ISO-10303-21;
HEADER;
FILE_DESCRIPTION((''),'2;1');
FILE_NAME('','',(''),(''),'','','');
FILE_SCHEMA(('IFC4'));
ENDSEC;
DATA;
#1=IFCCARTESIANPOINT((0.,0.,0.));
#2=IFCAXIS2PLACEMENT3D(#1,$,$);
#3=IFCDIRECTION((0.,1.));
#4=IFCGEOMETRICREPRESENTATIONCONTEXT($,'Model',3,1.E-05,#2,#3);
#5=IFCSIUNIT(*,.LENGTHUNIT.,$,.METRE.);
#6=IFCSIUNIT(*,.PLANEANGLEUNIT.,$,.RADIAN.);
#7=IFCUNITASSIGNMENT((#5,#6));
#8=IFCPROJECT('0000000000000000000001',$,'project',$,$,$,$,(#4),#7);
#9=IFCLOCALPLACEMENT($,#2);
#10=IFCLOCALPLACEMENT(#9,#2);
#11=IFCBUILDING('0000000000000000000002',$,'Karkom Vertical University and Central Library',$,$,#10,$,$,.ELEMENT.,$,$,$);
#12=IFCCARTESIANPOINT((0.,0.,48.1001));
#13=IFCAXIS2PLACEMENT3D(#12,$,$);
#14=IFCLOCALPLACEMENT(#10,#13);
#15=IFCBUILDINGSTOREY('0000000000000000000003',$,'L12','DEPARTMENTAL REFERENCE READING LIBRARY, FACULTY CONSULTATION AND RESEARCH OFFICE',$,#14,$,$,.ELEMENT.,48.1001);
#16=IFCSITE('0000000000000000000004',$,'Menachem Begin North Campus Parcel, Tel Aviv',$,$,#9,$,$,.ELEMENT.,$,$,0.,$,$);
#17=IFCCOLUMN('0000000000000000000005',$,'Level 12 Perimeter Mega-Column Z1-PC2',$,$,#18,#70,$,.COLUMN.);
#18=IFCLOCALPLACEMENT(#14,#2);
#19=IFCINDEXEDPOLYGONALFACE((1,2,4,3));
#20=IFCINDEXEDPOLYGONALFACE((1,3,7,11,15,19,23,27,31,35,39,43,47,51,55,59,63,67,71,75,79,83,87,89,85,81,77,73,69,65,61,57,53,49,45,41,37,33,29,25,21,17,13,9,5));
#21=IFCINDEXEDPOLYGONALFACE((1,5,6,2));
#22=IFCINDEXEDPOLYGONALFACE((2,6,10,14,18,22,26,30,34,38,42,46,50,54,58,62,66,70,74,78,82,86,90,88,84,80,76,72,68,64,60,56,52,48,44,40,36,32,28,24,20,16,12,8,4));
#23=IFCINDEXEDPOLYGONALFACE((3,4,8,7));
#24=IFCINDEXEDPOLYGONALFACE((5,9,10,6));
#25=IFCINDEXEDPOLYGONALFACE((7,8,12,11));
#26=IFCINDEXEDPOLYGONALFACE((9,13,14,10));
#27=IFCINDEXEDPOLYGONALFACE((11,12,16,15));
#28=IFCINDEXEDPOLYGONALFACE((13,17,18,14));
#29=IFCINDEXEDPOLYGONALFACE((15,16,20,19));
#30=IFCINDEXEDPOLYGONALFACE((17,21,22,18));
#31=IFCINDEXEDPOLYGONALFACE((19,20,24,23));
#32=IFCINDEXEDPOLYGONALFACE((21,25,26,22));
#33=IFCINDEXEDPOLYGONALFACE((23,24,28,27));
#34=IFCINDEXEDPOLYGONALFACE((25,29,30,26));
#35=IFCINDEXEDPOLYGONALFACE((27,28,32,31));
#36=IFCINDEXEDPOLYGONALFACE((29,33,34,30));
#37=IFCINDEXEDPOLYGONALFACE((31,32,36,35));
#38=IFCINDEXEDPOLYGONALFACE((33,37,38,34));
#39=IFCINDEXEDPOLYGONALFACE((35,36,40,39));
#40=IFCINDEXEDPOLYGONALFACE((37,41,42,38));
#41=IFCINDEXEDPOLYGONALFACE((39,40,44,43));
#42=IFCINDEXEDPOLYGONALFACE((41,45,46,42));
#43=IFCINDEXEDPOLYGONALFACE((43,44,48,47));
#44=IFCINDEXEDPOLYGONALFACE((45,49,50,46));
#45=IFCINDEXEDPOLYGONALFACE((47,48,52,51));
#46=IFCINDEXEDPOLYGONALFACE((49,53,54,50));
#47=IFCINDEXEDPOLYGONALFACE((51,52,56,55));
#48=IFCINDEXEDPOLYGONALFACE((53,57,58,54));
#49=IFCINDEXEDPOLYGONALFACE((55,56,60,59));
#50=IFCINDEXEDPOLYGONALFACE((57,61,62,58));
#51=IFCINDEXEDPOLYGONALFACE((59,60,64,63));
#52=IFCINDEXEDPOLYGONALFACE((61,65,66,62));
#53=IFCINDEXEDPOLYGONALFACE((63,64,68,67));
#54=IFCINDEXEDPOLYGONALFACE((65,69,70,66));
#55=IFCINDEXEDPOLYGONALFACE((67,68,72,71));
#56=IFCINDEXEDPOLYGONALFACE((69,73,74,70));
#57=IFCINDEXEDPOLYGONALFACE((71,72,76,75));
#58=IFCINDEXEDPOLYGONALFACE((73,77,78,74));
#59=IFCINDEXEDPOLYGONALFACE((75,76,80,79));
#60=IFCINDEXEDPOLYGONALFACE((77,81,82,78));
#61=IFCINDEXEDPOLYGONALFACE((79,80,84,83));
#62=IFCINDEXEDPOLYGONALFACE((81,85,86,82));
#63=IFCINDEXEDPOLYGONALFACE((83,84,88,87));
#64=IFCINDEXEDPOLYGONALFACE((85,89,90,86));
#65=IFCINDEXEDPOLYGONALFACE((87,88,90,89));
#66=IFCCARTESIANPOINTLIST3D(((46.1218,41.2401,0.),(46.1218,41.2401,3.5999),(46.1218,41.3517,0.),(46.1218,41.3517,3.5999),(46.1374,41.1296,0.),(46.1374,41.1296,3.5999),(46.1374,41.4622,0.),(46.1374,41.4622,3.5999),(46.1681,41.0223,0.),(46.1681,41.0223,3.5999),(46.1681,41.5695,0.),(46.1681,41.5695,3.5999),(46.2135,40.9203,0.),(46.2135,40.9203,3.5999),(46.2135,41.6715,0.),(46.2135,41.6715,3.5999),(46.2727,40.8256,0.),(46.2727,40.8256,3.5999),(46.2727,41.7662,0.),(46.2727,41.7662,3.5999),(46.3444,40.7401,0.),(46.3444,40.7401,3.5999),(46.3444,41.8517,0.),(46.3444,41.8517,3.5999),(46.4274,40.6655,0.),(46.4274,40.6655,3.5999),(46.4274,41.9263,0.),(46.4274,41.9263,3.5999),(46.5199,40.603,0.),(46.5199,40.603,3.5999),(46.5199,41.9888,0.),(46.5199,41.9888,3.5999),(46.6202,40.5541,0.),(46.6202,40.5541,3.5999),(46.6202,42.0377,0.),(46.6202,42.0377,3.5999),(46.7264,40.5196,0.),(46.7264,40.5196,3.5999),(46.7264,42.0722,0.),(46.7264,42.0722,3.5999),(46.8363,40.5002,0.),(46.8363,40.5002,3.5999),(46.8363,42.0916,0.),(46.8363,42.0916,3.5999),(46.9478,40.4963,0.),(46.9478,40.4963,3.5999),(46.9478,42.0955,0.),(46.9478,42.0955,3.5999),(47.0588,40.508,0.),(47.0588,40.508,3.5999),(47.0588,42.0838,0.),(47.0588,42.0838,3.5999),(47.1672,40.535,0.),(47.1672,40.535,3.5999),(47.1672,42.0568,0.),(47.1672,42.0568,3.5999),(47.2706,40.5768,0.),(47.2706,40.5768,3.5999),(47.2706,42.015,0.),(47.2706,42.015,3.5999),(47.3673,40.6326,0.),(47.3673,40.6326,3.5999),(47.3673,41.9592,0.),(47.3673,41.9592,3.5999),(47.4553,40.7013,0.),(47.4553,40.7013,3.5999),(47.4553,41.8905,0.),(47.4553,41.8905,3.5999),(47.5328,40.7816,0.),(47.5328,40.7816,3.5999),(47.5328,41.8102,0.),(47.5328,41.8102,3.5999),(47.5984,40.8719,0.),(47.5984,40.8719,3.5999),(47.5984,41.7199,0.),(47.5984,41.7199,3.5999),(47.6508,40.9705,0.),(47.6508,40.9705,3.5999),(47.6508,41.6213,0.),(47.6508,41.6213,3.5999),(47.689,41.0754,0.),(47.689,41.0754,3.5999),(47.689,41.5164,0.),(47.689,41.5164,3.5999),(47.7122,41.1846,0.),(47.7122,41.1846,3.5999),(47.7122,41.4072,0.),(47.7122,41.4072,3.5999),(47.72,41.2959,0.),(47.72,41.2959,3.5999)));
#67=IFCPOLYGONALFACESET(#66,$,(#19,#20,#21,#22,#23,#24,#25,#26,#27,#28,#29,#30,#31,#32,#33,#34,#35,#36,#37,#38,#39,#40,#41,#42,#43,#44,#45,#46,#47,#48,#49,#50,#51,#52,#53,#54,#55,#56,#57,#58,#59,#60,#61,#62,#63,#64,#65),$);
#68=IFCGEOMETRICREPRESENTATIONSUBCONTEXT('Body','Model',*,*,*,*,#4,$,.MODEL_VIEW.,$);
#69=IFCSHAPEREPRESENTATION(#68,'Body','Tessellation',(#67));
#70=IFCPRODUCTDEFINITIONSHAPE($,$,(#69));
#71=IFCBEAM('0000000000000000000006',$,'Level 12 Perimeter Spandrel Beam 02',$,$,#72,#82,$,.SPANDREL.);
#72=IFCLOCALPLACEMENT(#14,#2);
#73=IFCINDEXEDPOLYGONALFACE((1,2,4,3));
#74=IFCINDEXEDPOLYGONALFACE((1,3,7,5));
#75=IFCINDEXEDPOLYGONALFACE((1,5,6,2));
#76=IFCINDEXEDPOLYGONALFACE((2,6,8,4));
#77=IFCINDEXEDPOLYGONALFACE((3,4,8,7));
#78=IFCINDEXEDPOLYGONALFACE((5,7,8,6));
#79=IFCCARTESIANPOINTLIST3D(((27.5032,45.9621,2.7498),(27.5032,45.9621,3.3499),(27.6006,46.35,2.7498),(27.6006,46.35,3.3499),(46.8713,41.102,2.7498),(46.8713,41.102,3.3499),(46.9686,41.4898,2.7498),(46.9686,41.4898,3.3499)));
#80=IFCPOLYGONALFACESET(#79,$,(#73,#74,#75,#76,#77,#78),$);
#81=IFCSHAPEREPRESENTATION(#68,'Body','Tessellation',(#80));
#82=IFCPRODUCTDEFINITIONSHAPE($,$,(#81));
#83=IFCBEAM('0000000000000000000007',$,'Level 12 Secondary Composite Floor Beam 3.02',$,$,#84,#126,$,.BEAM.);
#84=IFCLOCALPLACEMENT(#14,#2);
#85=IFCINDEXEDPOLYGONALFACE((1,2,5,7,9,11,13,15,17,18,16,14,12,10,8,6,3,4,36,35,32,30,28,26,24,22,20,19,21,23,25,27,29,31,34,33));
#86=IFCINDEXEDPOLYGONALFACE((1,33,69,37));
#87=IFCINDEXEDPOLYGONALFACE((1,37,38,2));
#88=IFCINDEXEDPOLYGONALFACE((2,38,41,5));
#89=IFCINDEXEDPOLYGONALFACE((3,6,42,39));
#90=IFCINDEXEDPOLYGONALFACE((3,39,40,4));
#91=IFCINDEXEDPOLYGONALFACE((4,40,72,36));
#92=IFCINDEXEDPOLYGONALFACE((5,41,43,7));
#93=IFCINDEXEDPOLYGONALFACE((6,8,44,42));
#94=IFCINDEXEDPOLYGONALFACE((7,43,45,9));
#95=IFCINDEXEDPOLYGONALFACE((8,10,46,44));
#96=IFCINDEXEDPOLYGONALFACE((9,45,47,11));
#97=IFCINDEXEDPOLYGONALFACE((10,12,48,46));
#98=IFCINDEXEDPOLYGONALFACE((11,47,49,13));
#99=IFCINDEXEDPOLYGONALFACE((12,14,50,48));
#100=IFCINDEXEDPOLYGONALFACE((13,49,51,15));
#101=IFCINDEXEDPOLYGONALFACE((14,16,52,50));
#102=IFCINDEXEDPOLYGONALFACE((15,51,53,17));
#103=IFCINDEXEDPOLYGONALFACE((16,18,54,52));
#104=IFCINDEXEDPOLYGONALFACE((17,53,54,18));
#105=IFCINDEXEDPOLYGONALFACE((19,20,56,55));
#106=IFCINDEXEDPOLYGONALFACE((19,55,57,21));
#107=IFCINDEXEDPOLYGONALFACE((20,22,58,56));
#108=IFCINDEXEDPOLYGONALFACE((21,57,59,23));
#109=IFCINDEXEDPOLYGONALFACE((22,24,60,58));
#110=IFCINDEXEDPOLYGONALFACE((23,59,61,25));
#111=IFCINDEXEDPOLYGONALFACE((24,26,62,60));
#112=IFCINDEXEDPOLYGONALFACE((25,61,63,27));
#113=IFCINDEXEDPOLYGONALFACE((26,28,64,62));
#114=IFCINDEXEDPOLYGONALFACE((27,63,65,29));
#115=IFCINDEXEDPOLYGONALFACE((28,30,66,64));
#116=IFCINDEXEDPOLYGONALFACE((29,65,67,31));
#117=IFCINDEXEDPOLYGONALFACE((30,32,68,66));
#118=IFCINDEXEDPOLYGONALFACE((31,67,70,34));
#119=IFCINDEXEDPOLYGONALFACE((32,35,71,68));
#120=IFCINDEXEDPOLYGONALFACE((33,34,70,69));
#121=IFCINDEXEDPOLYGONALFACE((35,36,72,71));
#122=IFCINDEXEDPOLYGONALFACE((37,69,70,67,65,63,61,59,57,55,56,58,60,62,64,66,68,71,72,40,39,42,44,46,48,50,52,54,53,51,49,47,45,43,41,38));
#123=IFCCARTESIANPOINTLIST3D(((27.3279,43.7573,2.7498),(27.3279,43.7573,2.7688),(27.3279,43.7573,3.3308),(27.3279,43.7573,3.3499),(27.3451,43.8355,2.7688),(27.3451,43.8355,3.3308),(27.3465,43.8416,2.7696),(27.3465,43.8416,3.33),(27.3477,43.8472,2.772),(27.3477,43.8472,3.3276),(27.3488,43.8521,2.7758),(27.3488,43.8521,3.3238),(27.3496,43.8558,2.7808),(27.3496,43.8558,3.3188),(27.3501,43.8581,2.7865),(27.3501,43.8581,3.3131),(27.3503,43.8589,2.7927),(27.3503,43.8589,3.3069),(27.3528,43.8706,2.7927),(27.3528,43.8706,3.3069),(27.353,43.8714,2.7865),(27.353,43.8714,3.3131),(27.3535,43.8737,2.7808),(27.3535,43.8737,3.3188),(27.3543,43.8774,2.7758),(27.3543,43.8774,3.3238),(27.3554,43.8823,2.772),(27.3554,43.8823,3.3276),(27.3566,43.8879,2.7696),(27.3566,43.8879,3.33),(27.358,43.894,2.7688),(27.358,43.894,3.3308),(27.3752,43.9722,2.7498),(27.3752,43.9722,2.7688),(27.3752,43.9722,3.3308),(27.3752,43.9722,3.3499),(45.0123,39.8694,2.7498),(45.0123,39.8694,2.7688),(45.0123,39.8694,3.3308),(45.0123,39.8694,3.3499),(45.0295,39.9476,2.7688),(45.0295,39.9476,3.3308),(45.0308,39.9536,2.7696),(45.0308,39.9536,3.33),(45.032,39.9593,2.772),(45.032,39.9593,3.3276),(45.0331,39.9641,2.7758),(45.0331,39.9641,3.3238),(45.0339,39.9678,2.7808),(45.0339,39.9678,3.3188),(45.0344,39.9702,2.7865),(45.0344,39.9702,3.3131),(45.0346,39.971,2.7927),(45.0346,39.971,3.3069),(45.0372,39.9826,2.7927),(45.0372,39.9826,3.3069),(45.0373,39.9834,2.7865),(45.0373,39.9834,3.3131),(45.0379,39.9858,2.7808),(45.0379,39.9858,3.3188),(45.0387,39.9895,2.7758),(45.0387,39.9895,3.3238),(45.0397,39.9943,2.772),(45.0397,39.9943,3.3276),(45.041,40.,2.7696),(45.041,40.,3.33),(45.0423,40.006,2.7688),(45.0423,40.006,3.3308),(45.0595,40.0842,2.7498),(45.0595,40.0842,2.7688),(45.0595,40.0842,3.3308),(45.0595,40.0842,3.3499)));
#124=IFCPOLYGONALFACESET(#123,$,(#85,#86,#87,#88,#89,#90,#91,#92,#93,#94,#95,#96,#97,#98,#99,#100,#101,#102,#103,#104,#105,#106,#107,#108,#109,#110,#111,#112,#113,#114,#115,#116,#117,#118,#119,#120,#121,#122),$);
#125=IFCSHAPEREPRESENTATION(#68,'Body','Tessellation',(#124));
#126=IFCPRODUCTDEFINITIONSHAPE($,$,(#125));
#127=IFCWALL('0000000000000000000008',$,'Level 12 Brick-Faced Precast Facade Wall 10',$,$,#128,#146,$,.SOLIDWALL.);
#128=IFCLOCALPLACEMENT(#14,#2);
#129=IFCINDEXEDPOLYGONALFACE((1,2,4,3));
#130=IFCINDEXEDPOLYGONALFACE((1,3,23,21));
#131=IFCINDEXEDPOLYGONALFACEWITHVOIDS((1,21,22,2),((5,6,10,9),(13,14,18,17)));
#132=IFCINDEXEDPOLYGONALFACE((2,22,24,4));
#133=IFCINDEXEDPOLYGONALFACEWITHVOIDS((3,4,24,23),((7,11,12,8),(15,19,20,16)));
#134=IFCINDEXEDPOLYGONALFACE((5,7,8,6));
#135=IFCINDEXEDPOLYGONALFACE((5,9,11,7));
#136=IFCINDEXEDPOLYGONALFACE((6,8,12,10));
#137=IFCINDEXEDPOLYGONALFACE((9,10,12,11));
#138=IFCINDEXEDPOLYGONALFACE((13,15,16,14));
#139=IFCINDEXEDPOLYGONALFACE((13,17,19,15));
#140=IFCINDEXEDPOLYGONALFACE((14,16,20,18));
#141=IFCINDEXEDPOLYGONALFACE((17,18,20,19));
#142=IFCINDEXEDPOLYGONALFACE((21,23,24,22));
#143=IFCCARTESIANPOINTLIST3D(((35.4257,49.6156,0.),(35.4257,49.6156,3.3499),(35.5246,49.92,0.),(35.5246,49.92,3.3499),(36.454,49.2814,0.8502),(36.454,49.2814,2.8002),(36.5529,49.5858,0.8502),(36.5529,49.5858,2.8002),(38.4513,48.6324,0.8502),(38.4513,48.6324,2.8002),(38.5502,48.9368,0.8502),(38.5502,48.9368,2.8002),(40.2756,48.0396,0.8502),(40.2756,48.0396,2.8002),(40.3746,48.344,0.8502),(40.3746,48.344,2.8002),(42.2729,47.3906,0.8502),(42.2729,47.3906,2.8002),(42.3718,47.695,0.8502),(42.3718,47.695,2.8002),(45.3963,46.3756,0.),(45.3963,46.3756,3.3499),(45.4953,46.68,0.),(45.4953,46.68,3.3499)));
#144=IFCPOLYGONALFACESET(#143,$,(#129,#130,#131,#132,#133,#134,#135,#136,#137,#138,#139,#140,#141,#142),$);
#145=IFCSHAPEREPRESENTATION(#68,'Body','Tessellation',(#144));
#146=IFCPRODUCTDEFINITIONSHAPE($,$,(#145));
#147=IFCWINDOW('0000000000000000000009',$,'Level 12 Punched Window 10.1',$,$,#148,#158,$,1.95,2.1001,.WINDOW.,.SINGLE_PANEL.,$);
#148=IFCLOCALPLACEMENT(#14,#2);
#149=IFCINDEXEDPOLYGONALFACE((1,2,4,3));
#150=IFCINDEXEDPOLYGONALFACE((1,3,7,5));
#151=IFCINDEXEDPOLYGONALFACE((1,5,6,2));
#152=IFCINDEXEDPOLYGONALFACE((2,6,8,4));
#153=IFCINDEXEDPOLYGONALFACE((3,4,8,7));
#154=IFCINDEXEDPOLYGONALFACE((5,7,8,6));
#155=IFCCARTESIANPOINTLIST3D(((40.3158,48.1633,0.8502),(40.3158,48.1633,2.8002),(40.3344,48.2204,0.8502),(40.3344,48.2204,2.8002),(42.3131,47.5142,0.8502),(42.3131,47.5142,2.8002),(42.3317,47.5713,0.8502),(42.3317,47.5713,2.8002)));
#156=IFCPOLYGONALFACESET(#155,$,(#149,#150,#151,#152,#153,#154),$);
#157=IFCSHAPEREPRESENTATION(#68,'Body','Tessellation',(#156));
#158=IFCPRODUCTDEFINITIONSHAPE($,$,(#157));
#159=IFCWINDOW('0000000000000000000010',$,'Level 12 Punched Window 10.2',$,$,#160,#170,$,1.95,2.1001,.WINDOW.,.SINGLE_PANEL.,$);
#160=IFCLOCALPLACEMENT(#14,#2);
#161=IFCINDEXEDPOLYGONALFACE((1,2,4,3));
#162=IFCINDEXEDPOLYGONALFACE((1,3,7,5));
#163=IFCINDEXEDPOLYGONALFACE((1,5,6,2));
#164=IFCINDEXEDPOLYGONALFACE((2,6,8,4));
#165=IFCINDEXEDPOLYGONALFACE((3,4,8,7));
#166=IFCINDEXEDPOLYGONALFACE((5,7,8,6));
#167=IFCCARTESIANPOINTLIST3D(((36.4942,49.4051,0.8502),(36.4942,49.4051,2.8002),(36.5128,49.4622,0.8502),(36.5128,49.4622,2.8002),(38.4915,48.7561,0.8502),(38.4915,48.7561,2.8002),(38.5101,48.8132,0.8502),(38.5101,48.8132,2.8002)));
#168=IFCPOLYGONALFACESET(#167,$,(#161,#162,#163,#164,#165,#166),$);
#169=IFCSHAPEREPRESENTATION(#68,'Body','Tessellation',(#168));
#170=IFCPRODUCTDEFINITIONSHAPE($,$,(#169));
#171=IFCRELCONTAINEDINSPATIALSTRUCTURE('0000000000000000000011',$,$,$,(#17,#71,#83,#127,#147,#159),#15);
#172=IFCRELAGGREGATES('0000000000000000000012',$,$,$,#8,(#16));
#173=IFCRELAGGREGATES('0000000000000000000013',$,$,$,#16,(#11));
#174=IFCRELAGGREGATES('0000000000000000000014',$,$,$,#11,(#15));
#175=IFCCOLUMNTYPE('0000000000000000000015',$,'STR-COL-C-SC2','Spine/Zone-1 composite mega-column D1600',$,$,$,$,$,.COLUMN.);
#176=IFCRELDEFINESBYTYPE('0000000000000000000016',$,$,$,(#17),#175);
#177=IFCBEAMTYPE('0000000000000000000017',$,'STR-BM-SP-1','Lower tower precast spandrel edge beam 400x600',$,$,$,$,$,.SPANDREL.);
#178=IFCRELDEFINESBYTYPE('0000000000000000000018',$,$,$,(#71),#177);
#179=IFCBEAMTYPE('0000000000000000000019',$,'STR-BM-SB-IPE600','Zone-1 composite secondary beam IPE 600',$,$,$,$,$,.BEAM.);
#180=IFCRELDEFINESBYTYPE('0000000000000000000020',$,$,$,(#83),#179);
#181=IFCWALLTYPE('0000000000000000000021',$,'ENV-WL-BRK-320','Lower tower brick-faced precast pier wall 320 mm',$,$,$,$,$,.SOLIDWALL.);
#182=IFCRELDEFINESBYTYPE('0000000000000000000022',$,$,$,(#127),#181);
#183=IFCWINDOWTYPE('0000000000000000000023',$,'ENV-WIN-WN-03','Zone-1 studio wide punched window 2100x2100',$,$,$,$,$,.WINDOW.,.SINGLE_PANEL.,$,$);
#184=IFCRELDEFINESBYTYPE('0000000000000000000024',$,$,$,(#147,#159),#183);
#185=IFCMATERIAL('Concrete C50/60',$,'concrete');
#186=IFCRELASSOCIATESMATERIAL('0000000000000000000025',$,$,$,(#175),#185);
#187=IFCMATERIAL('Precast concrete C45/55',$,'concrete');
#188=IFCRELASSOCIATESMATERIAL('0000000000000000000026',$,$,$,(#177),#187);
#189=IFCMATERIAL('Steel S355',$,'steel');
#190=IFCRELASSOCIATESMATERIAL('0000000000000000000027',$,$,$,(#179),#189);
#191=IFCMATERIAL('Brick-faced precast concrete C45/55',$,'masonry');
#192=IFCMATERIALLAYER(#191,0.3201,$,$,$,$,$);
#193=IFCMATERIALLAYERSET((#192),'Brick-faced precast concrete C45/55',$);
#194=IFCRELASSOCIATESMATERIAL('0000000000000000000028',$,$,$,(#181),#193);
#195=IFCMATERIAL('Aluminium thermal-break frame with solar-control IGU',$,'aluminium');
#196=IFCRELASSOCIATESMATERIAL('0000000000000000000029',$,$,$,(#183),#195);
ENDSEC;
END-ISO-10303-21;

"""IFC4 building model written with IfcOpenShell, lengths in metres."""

from ifc_helpers import new_model, si_unit, direction, frame, frame_2d, origin, origin_with_axes, origin_2d, place, context, subcontext, project, spatial, rectangle, circle, i_section, extrude, source, transform, mapped, material, layer, layer_set, material_profile, profile_set, type_object, element, fill, save


model = new_model("IFC4")

# Units and contexts
model_context = context("Model", 3, precision=1e-05, world=origin(), true_north=direction((0.0, 1.0)))
body_context = subcontext(model_context, "Body", "Model", "MODEL_VIEW")
ifc_project = project(units=[si_unit("LENGTHUNIT", "METRE"), si_unit("PLANEANGLEUNIT", "RADIAN")], contexts=[model_context])

# Site, building, storey
site_placement = place(None, origin())
site = spatial("IfcSite", under=ifc_project, at=site_placement, Name="Menachem Begin North Campus Parcel, Tel Aviv", CompositionType="ELEMENT", RefElevation=0.0)
building_placement = place(site_placement, origin())
building = spatial("IfcBuilding", under=site, at=building_placement, Name="Karkom Vertical University and Central Library", CompositionType="ELEMENT")
storey_placement = place(building_placement, frame((0.0, 0.0, 48.1001)))
storey = spatial("IfcBuildingStorey", under=building, at=storey_placement, Name="L12", Description="DEPARTMENTAL REFERENCE READING LIBRARY, FACULTY CONSULTATION AND RESEARCH OFFICE", CompositionType="ELEMENT", Elevation=48.1001)

# Column
ifc_material_1 = material(Name="Concrete C50/60", Category="concrete")
ifc_material_profile_1 = material_profile(ifc_material_1, circle(Radius=0.8, at=origin_2d()), Name="CFT-D1600")
ifc_profile_set_1 = profile_set([ifc_material_profile_1], Name="Concrete C50/60")
column_type = type_object("IfcColumnType", Name="STR-COL-C-SC2", Description="Spine/Zone-1 composite mega-column D1600", PredefinedType="COLUMN", material=ifc_profile_set_1)
shared_shape_1 = source(origin_with_axes(), body_context, "Body", "SweptSolid", [
    extrude(circle(Radius=0.8, at=origin_2d()), origin(), (0.0, 0.0, 1.0), 3.5999),
])
column_placement = place(storey_placement, frame((46.9199, 41.2959, 0.0), z_axis=(0.0, 0.0, 1.0), x_axis=(1.0, 0.0, 0.0)))
element("IfcColumn", 1, at=column_placement, inside=storey, type_object=column_type, Name="Level 12 Perimeter Mega-Column Z1-PC2", PredefinedType="COLUMN", context=body_context, shape_type="MappedRepresentation", body=[
    mapped(shared_shape_1, transform((0.0, 0.0, 0.0), scale=1.0)),
])

# Beams
ifc_material_2 = material(Name="Precast concrete C45/55", Category="concrete")
ifc_material_profile_2 = material_profile(ifc_material_2, rectangle(XDim=0.3999, YDim=0.6001, at=origin_2d()), Name="SPB-400x600")
ifc_profile_set_2 = profile_set([ifc_material_profile_2], Name="Precast concrete C45/55")
beam_type_1 = type_object("IfcBeamType", Name="STR-BM-SP-1", Description="Lower tower precast spandrel edge beam 400x600", PredefinedType="SPANDREL", material=ifc_profile_set_2)
shared_shape_2 = source(origin_with_axes(), body_context, "Body", "SweptSolid", [
    extrude(rectangle(XDim=0.3999, YDim=0.6001, at=origin_2d()), origin(), (0.0, 0.0, 1.0), 19.9685),
])
beam_1_placement = place(storey_placement, frame((46.9199, 41.2959, 3.0498), z_axis=(-0.969929, 0.24339, 0.0), x_axis=(-0.24339, -0.969929, 0.0)))
element("IfcBeam", 2, at=beam_1_placement, inside=storey, type_object=beam_type_1, Name="Level 12 Perimeter Spandrel Beam 02", PredefinedType="SPANDREL", context=body_context, shape_type="MappedRepresentation", body=[
    mapped(shared_shape_2, transform((0.0, 0.0, 0.0), scale=1.0)),
])
ifc_material_3 = material(Name="Steel S355", Category="steel")
ifc_material_profile_3 = material_profile(ifc_material_3, i_section(OverallWidth=0.22, OverallDepth=0.6001, WebThickness=0.012, FlangeThickness=0.019, FilletRadius=0.0239, at=origin_2d()), Name="IPE 600")
ifc_profile_set_3 = profile_set([ifc_material_profile_3], Name="Steel S355")
beam_type_2 = type_object("IfcBeamType", Name="STR-BM-SB-IPE600", Description="Zone-1 composite secondary beam IPE 600", PredefinedType="BEAM", material=ifc_profile_set_3)
shared_shape_3 = source(origin_with_axes(), body_context, "Body", "SweptSolid", [
    extrude(i_section(OverallWidth=0.22, OverallDepth=0.6001, WebThickness=0.012, FlangeThickness=0.019, FilletRadius=0.0239, at=origin_2d()), origin(), (0.0, 0.0, 1.0), 18.1067),
])
beam_2_placement = place(storey_placement, frame((45.0359, 39.9768, 3.0498), z_axis=(-0.976675, 0.214724, 0.0), x_axis=(-0.214724, -0.976675, 0.0)))
element("IfcBeam", 3, at=beam_2_placement, inside=storey, type_object=beam_type_2, Name="Level 12 Secondary Composite Floor Beam 3.02", PredefinedType="BEAM", context=body_context, shape_type="MappedRepresentation", body=[
    mapped(shared_shape_3, transform((0.0, 0.0, 0.0), scale=1.0)),
])

# Wall, openings, windows
ifc_material_4 = material(Name="Brick-faced precast concrete C45/55", Category="masonry")
ifc_layer_1 = layer(ifc_material_4, 0.3201)
ifc_layer_set_1 = layer_set([ifc_layer_1], Name="Brick-faced precast concrete C45/55")
wall_type_1 = type_object("IfcWallType", Name="ENV-WL-BRK-320", Description="Lower tower brick-faced precast pier wall 320 mm", PredefinedType="SOLIDWALL", material=ifc_layer_set_1)
wall_1_placement = place(storey_placement, frame((45.4458, 46.5278, 0.0), z_axis=(0.0, 0.0, 1.0), x_axis=(-0.951048, 0.309044, 0.0)))
wall_1 = element("IfcWall", 4, at=wall_1_placement, inside=storey, type_object=wall_type_1, Name="Level 12 Brick-Faced Precast Facade Wall 10", PredefinedType="SOLIDWALL", context=body_context, shape_type="SweptSolid", body=[
    extrude(rectangle(XDim=10.4839, YDim=0.3201, at=frame_2d((5.2419, 0.0))), origin(), (0.0, 0.0, 1.0), 3.3499),
])
opening_1_placement = place(wall_1_placement, frame((3.2842, 0.0, 0.8501)))
opening_1 = element("IfcOpeningElement", 5, at=opening_1_placement, cuts=wall_1, PredefinedType="OPENING", context=body_context, shape_type="SweptSolid", body=[
    extrude(rectangle(XDim=2.1001, YDim=1.95, at=frame_2d((1.05, 0.9751))), frame((0.0, 0.1699, 0.0), z_axis=(0.0, -1.0, 0.0), x_axis=(1.0, 0.0, 0.0)), (0.0, 0.0, 1.0), 0.3401),
])
opening_2_placement = place(wall_1_placement, frame((7.3025, 0.0, 0.8501)))
opening_2 = element("IfcOpeningElement", 6, at=opening_2_placement, cuts=wall_1, PredefinedType="OPENING", context=body_context, shape_type="SweptSolid", body=[
    extrude(rectangle(XDim=2.1001, YDim=1.95, at=frame_2d((1.05, 0.9751))), frame((0.0, 0.1699, 0.0), z_axis=(0.0, -1.0, 0.0), x_axis=(1.0, 0.0, 0.0)), (0.0, 0.0, 1.0), 0.3401),
])
ifc_material_5 = material(Name="Aluminium thermal-break frame with solar-control IGU", Category="aluminium")
window_type = type_object("IfcWindowType", Name="ENV-WIN-WN-03", Description="Zone-1 studio wide punched window 2100x2100", PartitioningType="SINGLE_PANEL", PredefinedType="WINDOW", material=ifc_material_5)
shared_shape_4 = source(origin_with_axes(), body_context, "Body", "SweptSolid", [
    extrude(rectangle(XDim=2.1001, YDim=1.95, at=frame_2d((1.05, 0.9751))), frame((0.0, 0.03, 0.0), z_axis=(0.0, -1.0, 0.0), x_axis=(1.0, 0.0, 0.0)), (0.0, 0.0, 1.0), 0.0601),
])
window_1_placement = place(opening_1_placement, origin())
window_1 = element("IfcWindow", 7, at=window_1_placement, inside=storey, type_object=window_type, Name="Level 12 Punched Window 10.1", OverallHeight=1.95, OverallWidth=2.1001, PartitioningType="SINGLE_PANEL", PredefinedType="WINDOW", context=body_context, shape_type="MappedRepresentation", body=[
    mapped(shared_shape_4, transform((0.0, 0.0, 0.0), scale=1.0)),
])
fill(opening_1, window_1)
window_2_placement = place(opening_2_placement, origin())
window_2 = element("IfcWindow", 8, at=window_2_placement, inside=storey, type_object=window_type, Name="Level 12 Punched Window 10.2", OverallHeight=1.95, OverallWidth=2.1001, PartitioningType="SINGLE_PANEL", PredefinedType="WINDOW", context=body_context, shape_type="MappedRepresentation", body=[
    mapped(shared_shape_4, transform((0.0, 0.0, 0.0), scale=1.0)),
])
fill(opening_2, window_2)

save(model, "model.ifc")
